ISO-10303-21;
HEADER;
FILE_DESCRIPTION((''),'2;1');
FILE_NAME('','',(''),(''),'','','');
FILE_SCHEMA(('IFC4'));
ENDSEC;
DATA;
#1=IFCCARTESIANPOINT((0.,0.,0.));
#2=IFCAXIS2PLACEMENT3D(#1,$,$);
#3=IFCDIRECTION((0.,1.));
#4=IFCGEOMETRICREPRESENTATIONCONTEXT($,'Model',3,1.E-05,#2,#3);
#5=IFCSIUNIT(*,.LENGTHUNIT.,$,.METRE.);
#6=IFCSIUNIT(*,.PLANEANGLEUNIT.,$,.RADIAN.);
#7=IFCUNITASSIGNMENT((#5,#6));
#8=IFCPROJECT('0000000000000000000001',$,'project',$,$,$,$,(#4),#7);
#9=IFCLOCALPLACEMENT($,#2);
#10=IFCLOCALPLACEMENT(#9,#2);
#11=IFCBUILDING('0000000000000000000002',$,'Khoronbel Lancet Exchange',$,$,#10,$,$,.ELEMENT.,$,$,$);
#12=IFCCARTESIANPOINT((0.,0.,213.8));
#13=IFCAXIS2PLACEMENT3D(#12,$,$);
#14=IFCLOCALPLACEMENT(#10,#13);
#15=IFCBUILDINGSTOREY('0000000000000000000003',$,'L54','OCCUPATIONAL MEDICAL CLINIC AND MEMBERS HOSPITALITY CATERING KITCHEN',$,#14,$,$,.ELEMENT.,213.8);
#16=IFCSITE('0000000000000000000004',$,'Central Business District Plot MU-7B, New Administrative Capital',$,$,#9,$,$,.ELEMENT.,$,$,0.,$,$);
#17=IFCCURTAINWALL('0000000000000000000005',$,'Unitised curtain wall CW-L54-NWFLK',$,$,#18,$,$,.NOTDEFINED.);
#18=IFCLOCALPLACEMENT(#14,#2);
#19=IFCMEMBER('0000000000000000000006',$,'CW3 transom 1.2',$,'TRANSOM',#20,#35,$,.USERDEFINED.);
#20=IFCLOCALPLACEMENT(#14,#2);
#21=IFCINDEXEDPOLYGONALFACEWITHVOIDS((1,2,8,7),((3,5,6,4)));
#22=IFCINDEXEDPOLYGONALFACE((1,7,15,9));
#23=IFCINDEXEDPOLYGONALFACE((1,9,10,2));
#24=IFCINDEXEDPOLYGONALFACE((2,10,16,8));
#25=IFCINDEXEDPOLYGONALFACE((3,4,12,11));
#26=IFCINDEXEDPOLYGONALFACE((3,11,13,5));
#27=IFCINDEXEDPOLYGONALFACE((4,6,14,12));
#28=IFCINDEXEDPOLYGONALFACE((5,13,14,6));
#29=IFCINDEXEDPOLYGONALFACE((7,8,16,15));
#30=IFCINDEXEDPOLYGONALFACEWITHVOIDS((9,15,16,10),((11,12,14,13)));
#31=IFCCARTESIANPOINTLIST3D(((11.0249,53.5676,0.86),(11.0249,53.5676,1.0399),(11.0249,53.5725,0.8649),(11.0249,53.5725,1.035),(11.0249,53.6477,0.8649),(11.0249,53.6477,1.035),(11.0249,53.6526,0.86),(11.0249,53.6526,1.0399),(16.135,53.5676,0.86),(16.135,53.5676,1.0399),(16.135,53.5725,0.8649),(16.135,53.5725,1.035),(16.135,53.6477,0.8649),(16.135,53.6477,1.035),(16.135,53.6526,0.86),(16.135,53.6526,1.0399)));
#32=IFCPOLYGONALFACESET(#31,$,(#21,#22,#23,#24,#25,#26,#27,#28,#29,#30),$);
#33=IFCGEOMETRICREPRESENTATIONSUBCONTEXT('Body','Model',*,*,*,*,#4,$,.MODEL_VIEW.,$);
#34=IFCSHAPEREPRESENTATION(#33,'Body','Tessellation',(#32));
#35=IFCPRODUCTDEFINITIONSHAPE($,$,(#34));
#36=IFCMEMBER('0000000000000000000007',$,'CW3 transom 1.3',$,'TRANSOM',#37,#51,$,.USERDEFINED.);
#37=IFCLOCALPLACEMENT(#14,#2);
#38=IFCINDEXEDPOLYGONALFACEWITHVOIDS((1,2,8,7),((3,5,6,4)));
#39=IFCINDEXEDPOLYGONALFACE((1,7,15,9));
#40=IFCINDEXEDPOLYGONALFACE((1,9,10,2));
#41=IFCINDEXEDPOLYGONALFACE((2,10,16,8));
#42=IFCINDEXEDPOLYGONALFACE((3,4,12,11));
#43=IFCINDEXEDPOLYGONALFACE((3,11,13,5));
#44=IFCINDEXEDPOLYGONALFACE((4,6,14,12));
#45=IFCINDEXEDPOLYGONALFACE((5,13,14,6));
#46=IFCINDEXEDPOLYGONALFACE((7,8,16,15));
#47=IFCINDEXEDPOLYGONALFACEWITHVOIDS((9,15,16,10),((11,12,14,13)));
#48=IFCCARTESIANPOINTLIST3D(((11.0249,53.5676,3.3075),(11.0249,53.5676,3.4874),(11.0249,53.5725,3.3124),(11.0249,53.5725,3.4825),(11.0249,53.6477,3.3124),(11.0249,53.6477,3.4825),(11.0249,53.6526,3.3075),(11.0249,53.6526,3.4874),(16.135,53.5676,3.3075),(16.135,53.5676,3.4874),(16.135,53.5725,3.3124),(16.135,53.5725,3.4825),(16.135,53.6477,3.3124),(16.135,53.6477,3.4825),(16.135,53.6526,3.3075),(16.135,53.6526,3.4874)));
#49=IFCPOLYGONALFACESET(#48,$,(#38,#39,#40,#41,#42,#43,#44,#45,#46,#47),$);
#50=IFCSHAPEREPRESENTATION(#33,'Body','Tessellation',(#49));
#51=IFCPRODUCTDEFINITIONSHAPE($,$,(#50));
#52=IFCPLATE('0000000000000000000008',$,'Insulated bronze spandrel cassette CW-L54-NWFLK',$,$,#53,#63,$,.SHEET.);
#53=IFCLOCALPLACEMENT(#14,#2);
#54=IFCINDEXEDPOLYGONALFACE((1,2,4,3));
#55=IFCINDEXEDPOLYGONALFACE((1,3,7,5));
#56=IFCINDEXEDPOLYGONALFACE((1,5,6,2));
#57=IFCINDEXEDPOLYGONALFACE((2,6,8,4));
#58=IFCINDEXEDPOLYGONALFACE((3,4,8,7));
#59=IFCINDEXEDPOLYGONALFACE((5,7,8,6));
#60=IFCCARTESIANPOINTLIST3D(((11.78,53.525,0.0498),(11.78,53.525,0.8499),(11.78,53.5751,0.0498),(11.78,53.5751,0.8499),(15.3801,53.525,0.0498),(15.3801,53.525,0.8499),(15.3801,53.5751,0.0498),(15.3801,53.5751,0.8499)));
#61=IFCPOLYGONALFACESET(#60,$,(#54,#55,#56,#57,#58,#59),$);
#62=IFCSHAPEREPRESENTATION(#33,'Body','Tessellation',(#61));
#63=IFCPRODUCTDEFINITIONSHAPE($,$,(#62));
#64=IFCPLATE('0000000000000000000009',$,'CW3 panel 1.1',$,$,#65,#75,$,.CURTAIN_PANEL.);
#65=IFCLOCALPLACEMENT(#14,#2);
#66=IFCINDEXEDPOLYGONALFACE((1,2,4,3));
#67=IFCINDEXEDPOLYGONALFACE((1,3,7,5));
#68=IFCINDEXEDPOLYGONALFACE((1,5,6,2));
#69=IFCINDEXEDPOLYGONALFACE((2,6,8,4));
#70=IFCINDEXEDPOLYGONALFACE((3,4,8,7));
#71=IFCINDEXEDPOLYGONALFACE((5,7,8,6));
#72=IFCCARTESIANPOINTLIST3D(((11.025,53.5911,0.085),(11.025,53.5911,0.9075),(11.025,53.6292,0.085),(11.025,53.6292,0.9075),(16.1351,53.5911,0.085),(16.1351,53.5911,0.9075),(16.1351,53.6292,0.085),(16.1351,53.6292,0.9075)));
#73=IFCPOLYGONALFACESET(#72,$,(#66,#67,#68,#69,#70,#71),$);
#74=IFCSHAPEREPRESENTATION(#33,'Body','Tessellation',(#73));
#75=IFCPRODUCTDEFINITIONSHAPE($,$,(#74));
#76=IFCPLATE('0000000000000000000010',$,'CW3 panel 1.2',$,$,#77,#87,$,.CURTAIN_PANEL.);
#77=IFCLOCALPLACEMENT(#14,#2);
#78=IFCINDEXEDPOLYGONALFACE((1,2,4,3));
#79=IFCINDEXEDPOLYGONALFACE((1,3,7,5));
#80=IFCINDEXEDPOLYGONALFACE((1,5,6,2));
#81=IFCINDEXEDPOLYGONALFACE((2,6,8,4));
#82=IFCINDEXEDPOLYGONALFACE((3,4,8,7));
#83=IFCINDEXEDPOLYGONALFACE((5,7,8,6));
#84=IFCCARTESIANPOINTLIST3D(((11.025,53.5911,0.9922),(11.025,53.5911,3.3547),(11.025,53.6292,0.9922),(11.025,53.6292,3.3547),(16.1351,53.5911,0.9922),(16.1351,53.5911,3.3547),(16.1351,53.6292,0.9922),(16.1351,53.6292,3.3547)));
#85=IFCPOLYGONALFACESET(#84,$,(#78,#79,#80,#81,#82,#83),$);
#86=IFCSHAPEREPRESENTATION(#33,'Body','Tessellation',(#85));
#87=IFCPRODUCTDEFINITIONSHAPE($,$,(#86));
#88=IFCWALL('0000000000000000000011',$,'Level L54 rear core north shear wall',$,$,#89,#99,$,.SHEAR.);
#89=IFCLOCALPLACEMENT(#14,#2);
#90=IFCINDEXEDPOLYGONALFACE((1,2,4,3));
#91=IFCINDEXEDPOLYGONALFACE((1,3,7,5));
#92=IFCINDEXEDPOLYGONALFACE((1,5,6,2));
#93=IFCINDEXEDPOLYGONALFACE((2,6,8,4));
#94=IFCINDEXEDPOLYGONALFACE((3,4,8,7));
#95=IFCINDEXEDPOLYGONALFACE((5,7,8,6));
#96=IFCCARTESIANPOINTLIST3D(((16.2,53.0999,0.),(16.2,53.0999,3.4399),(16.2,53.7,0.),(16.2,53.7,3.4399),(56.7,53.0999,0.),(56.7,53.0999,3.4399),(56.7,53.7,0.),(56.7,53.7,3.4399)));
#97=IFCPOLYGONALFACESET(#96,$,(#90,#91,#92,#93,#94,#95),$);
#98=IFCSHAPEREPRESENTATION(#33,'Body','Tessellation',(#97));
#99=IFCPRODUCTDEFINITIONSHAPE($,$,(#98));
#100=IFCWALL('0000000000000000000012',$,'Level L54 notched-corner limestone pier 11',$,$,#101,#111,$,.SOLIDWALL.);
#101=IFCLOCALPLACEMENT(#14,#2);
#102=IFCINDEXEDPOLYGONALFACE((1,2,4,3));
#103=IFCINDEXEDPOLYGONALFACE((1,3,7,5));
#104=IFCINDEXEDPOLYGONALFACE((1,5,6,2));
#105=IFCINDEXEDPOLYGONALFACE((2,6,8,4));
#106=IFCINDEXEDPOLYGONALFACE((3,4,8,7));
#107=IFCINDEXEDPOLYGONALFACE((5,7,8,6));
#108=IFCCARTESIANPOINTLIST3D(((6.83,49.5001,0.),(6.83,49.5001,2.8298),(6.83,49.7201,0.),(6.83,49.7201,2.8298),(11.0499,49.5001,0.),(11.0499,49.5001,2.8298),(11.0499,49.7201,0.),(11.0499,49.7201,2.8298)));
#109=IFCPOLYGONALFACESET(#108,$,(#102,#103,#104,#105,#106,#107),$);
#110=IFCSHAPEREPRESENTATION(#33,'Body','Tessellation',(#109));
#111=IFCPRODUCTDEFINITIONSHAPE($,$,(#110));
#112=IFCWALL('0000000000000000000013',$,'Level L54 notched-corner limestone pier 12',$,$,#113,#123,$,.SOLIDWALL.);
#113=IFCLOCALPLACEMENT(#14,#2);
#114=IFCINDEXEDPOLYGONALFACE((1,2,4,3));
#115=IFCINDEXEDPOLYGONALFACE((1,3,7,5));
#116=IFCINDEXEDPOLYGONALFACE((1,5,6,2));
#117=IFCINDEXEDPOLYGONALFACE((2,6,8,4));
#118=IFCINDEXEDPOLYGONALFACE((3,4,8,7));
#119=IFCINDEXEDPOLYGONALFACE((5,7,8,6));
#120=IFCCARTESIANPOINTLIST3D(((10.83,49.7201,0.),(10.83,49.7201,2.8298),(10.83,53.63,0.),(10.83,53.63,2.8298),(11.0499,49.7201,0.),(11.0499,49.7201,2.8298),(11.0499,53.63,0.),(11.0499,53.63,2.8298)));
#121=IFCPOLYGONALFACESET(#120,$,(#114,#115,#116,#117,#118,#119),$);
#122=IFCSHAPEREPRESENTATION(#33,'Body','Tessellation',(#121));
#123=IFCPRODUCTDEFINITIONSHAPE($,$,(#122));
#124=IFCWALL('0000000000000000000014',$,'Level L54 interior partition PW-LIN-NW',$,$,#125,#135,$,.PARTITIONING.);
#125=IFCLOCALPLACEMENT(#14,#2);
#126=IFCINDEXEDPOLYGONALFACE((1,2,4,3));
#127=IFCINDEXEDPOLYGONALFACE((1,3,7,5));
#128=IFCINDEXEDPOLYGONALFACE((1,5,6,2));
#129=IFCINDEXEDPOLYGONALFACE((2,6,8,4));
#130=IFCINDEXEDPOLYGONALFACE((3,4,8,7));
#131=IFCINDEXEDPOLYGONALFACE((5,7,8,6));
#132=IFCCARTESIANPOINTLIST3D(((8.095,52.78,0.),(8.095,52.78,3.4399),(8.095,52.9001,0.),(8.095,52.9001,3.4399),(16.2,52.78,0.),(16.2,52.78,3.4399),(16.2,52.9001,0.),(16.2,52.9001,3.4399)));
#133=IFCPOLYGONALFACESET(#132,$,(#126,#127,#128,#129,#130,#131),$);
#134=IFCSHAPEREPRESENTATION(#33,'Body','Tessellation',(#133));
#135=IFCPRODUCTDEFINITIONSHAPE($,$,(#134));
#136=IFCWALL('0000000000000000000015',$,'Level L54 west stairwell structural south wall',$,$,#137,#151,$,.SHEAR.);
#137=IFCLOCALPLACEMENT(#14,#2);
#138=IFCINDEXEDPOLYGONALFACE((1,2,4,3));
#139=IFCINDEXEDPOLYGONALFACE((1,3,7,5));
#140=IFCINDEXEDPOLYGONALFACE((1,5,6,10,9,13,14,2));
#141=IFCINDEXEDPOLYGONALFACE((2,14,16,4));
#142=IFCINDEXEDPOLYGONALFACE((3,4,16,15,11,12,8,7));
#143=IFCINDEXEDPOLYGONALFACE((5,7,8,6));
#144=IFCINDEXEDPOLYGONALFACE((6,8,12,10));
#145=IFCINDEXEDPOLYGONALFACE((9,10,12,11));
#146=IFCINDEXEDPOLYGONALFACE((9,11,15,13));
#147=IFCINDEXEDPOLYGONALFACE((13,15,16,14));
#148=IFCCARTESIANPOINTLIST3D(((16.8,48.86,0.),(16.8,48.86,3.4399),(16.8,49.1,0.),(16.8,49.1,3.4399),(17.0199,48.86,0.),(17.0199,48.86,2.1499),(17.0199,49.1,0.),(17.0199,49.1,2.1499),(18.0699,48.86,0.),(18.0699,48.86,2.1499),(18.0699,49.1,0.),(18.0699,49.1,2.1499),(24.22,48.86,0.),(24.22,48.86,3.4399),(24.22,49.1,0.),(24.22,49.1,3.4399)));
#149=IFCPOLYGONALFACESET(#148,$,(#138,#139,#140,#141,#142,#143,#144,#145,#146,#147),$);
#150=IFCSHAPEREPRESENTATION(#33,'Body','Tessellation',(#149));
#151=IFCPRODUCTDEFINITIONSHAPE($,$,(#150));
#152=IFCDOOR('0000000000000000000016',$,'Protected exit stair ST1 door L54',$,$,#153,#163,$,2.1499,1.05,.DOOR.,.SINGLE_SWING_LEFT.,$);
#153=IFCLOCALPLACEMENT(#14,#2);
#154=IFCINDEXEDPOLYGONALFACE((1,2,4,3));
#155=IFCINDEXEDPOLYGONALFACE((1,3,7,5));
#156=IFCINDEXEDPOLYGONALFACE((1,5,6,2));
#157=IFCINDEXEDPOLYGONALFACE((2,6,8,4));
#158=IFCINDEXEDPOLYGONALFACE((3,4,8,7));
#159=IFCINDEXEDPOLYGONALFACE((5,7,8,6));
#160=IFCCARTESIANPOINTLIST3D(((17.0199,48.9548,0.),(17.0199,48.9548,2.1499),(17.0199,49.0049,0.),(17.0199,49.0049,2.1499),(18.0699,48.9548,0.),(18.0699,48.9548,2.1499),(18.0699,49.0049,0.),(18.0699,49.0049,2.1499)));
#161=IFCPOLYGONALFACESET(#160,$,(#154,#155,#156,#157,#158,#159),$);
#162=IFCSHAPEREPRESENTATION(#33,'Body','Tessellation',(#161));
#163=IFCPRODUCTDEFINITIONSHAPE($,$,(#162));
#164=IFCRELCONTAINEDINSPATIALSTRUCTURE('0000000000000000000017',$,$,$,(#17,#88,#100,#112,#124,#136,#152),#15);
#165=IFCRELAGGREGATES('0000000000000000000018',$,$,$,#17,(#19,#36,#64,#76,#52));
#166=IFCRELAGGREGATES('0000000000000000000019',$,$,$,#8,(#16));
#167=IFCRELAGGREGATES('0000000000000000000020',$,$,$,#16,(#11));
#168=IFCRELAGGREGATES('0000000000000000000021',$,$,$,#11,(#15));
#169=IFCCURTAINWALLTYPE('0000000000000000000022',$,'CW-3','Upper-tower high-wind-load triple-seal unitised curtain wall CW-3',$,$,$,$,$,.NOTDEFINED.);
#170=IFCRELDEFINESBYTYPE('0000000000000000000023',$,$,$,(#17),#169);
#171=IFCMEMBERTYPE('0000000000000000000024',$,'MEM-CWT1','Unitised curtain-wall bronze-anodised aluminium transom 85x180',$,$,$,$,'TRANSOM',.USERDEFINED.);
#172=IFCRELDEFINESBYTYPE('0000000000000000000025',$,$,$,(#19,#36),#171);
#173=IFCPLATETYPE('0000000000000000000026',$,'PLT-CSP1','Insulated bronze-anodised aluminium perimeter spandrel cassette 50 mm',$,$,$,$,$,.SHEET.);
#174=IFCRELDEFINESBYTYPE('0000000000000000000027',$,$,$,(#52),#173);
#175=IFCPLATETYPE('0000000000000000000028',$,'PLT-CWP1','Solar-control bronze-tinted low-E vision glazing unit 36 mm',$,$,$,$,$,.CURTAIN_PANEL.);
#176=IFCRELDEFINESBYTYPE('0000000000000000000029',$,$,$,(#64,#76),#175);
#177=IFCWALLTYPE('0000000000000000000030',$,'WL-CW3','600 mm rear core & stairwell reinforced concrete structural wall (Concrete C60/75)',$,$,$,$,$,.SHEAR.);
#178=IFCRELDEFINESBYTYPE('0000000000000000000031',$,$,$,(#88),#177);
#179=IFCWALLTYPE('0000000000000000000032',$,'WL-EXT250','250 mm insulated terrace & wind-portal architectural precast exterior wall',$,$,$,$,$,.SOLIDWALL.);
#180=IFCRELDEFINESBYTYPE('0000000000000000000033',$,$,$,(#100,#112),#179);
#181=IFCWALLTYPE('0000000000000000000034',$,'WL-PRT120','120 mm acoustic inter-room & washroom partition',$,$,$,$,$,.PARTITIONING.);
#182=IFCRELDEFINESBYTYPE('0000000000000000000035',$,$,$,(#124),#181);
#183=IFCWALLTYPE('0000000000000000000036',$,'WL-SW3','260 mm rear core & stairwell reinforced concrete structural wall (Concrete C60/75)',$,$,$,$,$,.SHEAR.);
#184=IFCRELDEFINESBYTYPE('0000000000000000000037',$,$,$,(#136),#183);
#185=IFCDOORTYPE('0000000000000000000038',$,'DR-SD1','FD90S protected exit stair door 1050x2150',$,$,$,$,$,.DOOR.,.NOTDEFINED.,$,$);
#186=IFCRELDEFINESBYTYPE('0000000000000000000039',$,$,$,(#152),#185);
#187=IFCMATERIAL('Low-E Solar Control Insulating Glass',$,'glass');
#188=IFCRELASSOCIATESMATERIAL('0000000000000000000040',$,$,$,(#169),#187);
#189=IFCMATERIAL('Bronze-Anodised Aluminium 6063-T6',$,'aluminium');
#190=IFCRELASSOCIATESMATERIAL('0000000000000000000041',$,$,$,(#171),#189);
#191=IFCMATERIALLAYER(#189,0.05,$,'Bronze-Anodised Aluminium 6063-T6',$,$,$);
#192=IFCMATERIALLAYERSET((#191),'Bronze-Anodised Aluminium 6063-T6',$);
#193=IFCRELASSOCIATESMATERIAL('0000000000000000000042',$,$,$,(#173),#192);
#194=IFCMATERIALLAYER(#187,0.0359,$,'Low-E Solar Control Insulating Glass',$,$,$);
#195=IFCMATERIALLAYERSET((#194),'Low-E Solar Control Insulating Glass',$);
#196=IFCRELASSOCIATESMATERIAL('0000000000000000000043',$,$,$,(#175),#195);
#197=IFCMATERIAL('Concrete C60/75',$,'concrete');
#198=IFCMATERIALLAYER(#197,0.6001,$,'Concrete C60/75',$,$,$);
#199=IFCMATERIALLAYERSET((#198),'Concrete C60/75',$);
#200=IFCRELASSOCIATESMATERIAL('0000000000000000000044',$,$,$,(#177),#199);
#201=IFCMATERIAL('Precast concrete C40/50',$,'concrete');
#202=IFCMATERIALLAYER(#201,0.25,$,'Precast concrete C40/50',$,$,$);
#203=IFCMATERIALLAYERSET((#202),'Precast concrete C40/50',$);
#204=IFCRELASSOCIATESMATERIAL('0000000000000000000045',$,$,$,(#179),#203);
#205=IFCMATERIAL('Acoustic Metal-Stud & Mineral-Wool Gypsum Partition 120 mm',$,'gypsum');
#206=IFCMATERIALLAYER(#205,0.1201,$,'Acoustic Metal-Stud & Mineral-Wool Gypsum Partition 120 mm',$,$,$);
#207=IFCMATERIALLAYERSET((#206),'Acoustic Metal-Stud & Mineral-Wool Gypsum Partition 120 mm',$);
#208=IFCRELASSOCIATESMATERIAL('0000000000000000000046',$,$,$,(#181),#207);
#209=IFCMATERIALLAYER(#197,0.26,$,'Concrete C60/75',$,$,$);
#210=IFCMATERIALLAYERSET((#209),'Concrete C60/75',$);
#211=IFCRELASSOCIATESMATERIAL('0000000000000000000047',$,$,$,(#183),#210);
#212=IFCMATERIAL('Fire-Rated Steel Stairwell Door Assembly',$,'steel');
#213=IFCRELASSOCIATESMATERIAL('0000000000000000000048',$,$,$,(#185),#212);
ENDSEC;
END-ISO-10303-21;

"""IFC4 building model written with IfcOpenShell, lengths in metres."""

from ifc_helpers import new_model, si_unit, direction, frame, frame_2d, origin, origin_2d, place, context, subcontext, project, spatial, rectangle, hollow_rectangle, extrude, material, layer, layer_set, material_profile, profile_set, type_object, element, fill, aggregate, save


model = new_model("IFC4")

# Units and contexts
model_context = context("Model", 3, precision=1e-05, world=origin(), true_north=direction((0.0, 1.0)))
body_context = subcontext(model_context, "Body", "Model", "MODEL_VIEW")
ifc_project = project(units=[si_unit("LENGTHUNIT", "METRE"), si_unit("PLANEANGLEUNIT", "RADIAN")], contexts=[model_context])

# Site, building, storey
site_placement = place(None, origin())
site = spatial("IfcSite", under=ifc_project, at=site_placement, Name="Central Business District Plot MU-7B, New Administrative Capital", CompositionType="ELEMENT", RefElevation=0.0)
building_placement = place(site_placement, origin())
building = spatial("IfcBuilding", under=site, at=building_placement, Name="Khoronbel Lancet Exchange", CompositionType="ELEMENT")
storey_placement = place(building_placement, frame((0.0, 0.0, 213.8)))
storey = spatial("IfcBuildingStorey", under=building, at=storey_placement, Name="L54", Description="OCCUPATIONAL MEDICAL CLINIC AND MEMBERS HOSPITALITY CATERING KITCHEN", CompositionType="ELEMENT", Elevation=213.8)

# Curtain wall, members, plates
ifc_material_1 = material(Name="Low-E Solar Control Insulating Glass", Category="glass")
curtain_wall_type = type_object("IfcCurtainWallType", Name="CW-3", Description="Upper-tower high-wind-load triple-seal unitised curtain wall CW-3", PredefinedType="NOTDEFINED", material=ifc_material_1)
curtain_wall_placement = place(storey_placement, origin())
curtain_wall = element("IfcCurtainWall", 1, at=curtain_wall_placement, inside=storey, type_object=curtain_wall_type, Name="Unitised curtain wall CW-L54-NWFLK", PredefinedType="NOTDEFINED")
ifc_material_2 = material(Name="Bronze-Anodised Aluminium 6063-T6", Category="aluminium")
ifc_material_profile_1 = material_profile(ifc_material_2, hollow_rectangle(XDim=0.085, YDim=0.1799, WallThickness=0.0049, at=origin_2d()), Name="ALU TRANSOM 85x180")
ifc_profile_set_1 = profile_set([ifc_material_profile_1], Name="Bronze-Anodised Aluminium 6063-T6")
member_type_1 = type_object("IfcMemberType", Name="MEM-CWT1", Description="Unitised curtain-wall bronze-anodised aluminium transom 85x180", ElementType="TRANSOM", PredefinedType="USERDEFINED", material=ifc_profile_set_1)
member_1_placement = place(storey_placement, frame((16.135, 53.6101, 0.95), z_axis=(-1.0, 0.0, 0.0), x_axis=(0.0, -1.0, 0.0)))
member_1 = element("IfcMember", 2, at=member_1_placement, type_object=member_type_1, Name="CW3 transom 1.2", ObjectType="TRANSOM", PredefinedType="USERDEFINED", context=body_context, shape_type="SweptSolid", body=[
    extrude(hollow_rectangle(XDim=0.085, YDim=0.1799, WallThickness=0.0049, at=origin_2d()), origin(), (0.0, 0.0, 1.0), 5.1101),
])
member_2_placement = place(storey_placement, frame((16.135, 53.6101, 3.3975), z_axis=(-1.0, 0.0, 0.0), x_axis=(0.0, -1.0, 0.0)))
member_2 = element("IfcMember", 3, at=member_2_placement, type_object=member_type_1, Name="CW3 transom 1.3", ObjectType="TRANSOM", PredefinedType="USERDEFINED", context=body_context, shape_type="SweptSolid", body=[
    extrude(hollow_rectangle(XDim=0.085, YDim=0.1799, WallThickness=0.0049, at=origin_2d()), origin(), (0.0, 0.0, 1.0), 5.1101),
])
ifc_layer_1 = layer(ifc_material_2, 0.05, Name="Bronze-Anodised Aluminium 6063-T6")
ifc_layer_set_1 = layer_set([ifc_layer_1], Name="Bronze-Anodised Aluminium 6063-T6")
plate_type_1 = type_object("IfcPlateType", Name="PLT-CSP1", Description="Insulated bronze-anodised aluminium perimeter spandrel cassette 50 mm", PredefinedType="SHEET", material=ifc_layer_set_1)
plate_1_placement = place(storey_placement, frame((13.5801, 53.55, 0.0498), z_axis=(0.0, 0.0, 1.0), x_axis=(-1.0, 0.0, 0.0)))
plate_1 = element("IfcPlate", 4, at=plate_1_placement, type_object=plate_type_1, Name="Insulated bronze spandrel cassette CW-L54-NWFLK", PredefinedType="SHEET", context=body_context, shape_type="SweptSolid", body=[
    extrude(rectangle(XDim=3.6001, YDim=0.05, at=origin_2d()), origin(), (0.0, 0.0, 1.0), 0.8),
])
ifc_layer_2 = layer(ifc_material_1, 0.0359, Name="Low-E Solar Control Insulating Glass")
ifc_layer_set_2 = layer_set([ifc_layer_2], Name="Low-E Solar Control Insulating Glass")
plate_type_2 = type_object("IfcPlateType", Name="PLT-CWP1", Description="Solar-control bronze-tinted low-E vision glazing unit 36 mm", PredefinedType="CURTAIN_PANEL", material=ifc_layer_set_2)
plate_2_placement = place(storey_placement, frame((13.5801, 53.6101, 0.085), z_axis=(0.0, 0.0, 1.0), x_axis=(-1.0, 0.0, 0.0)))
plate_2 = element("IfcPlate", 5, at=plate_2_placement, type_object=plate_type_2, Name="CW3 panel 1.1", PredefinedType="CURTAIN_PANEL", context=body_context, shape_type="SweptSolid", body=[
    extrude(rectangle(XDim=5.1101, YDim=0.0381, at=origin_2d()), origin(), (0.0, 0.0, 1.0), 0.8225),
])
plate_3_placement = place(storey_placement, frame((13.5801, 53.6101, 0.9922), z_axis=(0.0, 0.0, 1.0), x_axis=(-1.0, 0.0, 0.0)))
plate_3 = element("IfcPlate", 6, at=plate_3_placement, type_object=plate_type_2, Name="CW3 panel 1.2", PredefinedType="CURTAIN_PANEL", context=body_context, shape_type="SweptSolid", body=[
    extrude(rectangle(XDim=5.1101, YDim=0.0381, at=origin_2d()), origin(), (0.0, 0.0, 1.0), 2.3625),
])
aggregate(curtain_wall, [member_1, member_2, plate_2, plate_3, plate_1])

# Walls
ifc_material_3 = material(Name="Concrete C60/75", Category="concrete")
ifc_layer_3 = layer(ifc_material_3, 0.6001, Name="Concrete C60/75")
ifc_layer_set_3 = layer_set([ifc_layer_3], Name="Concrete C60/75")
wall_type_1 = type_object("IfcWallType", Name="WL-CW3", Description="600 mm rear core & stairwell reinforced concrete structural wall (Concrete C60/75)", PredefinedType="SHEAR", material=ifc_layer_set_3)
wall_1_placement = place(storey_placement, frame((16.2, 53.3999, 0.0), z_axis=(0.0, 0.0, 1.0), x_axis=(1.0, 0.0, 0.0)))
element("IfcWall", 7, at=wall_1_placement, inside=storey, type_object=wall_type_1, Name="Level L54 rear core north shear wall", PredefinedType="SHEAR", context=body_context, shape_type="SweptSolid", body=[
    extrude(rectangle(XDim=40.5, YDim=0.6001, at=frame_2d((20.25, 0.0))), origin(), (0.0, 0.0, 1.0), 3.4399),
])
ifc_material_4 = material(Name="Precast concrete C40/50", Category="concrete")
ifc_layer_4 = layer(ifc_material_4, 0.25, Name="Precast concrete C40/50")
ifc_layer_set_4 = layer_set([ifc_layer_4], Name="Precast concrete C40/50")
wall_type_2 = type_object("IfcWallType", Name="WL-EXT250", Description="250 mm insulated terrace & wind-portal architectural precast exterior wall", PredefinedType="SOLIDWALL", material=ifc_layer_set_4)
wall_2_placement = place(storey_placement, frame((6.8301, 49.6101, 0.0), z_axis=(0.0, 0.0, 1.0), x_axis=(1.0, 0.0, 0.0)))
element("IfcWall", 8, at=wall_2_placement, inside=storey, type_object=wall_type_2, Name="Level L54 notched-corner limestone pier 11", PredefinedType="SOLIDWALL", context=body_context, shape_type="SweptSolid", body=[
    extrude(rectangle(XDim=4.22, YDim=0.22, at=frame_2d((2.1099, 0.0))), origin(), (0.0, 0.0, 1.0), 2.8298),
])
wall_3_placement = place(storey_placement, frame((10.9399, 49.72, 0.0), z_axis=(0.0, 0.0, 1.0), x_axis=(0.0, 1.0, 0.0)))
element("IfcWall", 9, at=wall_3_placement, inside=storey, type_object=wall_type_2, Name="Level L54 notched-corner limestone pier 12", PredefinedType="SOLIDWALL", context=body_context, shape_type="SweptSolid", body=[
    extrude(rectangle(XDim=3.9099, YDim=0.22, at=frame_2d((1.9551, 0.0))), origin(), (0.0, 0.0, 1.0), 2.8298),
])
ifc_material_5 = material(Name="Acoustic Metal-Stud & Mineral-Wool Gypsum Partition 120 mm", Category="gypsum")
ifc_layer_5 = layer(ifc_material_5, 0.1201, Name="Acoustic Metal-Stud & Mineral-Wool Gypsum Partition 120 mm")
ifc_layer_set_5 = layer_set([ifc_layer_5], Name="Acoustic Metal-Stud & Mineral-Wool Gypsum Partition 120 mm")
wall_type_3 = type_object("IfcWallType", Name="WL-PRT120", Description="120 mm acoustic inter-room & washroom partition", PredefinedType="PARTITIONING", material=ifc_layer_set_5)
wall_4_placement = place(storey_placement, frame((8.095, 52.8401, 0.0), z_axis=(0.0, 0.0, 1.0), x_axis=(1.0, 0.0, 0.0)))
element("IfcWall", 10, at=wall_4_placement, inside=storey, type_object=wall_type_3, Name="Level L54 interior partition PW-LIN-NW", PredefinedType="PARTITIONING", context=body_context, shape_type="SweptSolid", body=[
    extrude(rectangle(XDim=8.105, YDim=0.1201, at=frame_2d((4.0525, 0.0))), origin(), (0.0, 0.0, 1.0), 3.4399),
])

# Wall, opening, door
ifc_layer_6 = layer(ifc_material_3, 0.26, Name="Concrete C60/75")
ifc_layer_set_6 = layer_set([ifc_layer_6], Name="Concrete C60/75")
wall_type_4 = type_object("IfcWallType", Name="WL-SW3", Description="260 mm rear core & stairwell reinforced concrete structural wall (Concrete C60/75)", PredefinedType="SHEAR", material=ifc_layer_set_6)
wall_5_placement = place(storey_placement, frame((16.8, 48.98, 0.0), z_axis=(0.0, 0.0, 1.0), x_axis=(1.0, 0.0, 0.0)))
wall_5 = element("IfcWall", 11, at=wall_5_placement, inside=storey, type_object=wall_type_4, Name="Level L54 west stairwell structural south wall", PredefinedType="SHEAR", context=body_context, shape_type="SweptSolid", body=[
    extrude(rectangle(XDim=7.4199, YDim=0.24, at=frame_2d((3.71, 0.0))), origin(), (0.0, 0.0, 1.0), 3.4399),
])
opening_placement = place(wall_5_placement, frame((0.22, 0.0, 0.0)))
opening = element("IfcOpeningElement", 12, at=opening_placement, cuts=wall_5, PredefinedType="OPENING", context=body_context, shape_type="SweptSolid", body=[
    extrude(rectangle(XDim=1.05, YDim=2.1499, at=frame_2d((0.5249, 1.075))), frame((0.0, 0.1299, 0.0), z_axis=(0.0, -1.0, 0.0), x_axis=(1.0, 0.0, 0.0)), (0.0, 0.0, 1.0), 0.26),
])
ifc_material_6 = material(Name="Fire-Rated Steel Stairwell Door Assembly", Category="steel")
door_type = type_object("IfcDoorType", Name="DR-SD1", Description="FD90S protected exit stair door 1050x2150", OperationType="NOTDEFINED", PredefinedType="DOOR", material=ifc_material_6)
door_placement = place(opening_placement, origin())
door = element("IfcDoor", 13, at=door_placement, inside=storey, type_object=door_type, Name="Protected exit stair ST1 door L54", OperationType="SINGLE_SWING_LEFT", OverallHeight=2.1499, OverallWidth=1.05, PredefinedType="DOOR", context=body_context, shape_type="SweptSolid", body=[
    extrude(rectangle(XDim=1.05, YDim=2.1499, at=frame_2d((0.5249, 1.075))), frame((0.0, 0.0249, 0.0), z_axis=(0.0, -1.0, 0.0), x_axis=(1.0, 0.0, 0.0)), (0.0, 0.0, 1.0), 0.05),
])
fill(opening, door)

save(model, "model.ifc")
